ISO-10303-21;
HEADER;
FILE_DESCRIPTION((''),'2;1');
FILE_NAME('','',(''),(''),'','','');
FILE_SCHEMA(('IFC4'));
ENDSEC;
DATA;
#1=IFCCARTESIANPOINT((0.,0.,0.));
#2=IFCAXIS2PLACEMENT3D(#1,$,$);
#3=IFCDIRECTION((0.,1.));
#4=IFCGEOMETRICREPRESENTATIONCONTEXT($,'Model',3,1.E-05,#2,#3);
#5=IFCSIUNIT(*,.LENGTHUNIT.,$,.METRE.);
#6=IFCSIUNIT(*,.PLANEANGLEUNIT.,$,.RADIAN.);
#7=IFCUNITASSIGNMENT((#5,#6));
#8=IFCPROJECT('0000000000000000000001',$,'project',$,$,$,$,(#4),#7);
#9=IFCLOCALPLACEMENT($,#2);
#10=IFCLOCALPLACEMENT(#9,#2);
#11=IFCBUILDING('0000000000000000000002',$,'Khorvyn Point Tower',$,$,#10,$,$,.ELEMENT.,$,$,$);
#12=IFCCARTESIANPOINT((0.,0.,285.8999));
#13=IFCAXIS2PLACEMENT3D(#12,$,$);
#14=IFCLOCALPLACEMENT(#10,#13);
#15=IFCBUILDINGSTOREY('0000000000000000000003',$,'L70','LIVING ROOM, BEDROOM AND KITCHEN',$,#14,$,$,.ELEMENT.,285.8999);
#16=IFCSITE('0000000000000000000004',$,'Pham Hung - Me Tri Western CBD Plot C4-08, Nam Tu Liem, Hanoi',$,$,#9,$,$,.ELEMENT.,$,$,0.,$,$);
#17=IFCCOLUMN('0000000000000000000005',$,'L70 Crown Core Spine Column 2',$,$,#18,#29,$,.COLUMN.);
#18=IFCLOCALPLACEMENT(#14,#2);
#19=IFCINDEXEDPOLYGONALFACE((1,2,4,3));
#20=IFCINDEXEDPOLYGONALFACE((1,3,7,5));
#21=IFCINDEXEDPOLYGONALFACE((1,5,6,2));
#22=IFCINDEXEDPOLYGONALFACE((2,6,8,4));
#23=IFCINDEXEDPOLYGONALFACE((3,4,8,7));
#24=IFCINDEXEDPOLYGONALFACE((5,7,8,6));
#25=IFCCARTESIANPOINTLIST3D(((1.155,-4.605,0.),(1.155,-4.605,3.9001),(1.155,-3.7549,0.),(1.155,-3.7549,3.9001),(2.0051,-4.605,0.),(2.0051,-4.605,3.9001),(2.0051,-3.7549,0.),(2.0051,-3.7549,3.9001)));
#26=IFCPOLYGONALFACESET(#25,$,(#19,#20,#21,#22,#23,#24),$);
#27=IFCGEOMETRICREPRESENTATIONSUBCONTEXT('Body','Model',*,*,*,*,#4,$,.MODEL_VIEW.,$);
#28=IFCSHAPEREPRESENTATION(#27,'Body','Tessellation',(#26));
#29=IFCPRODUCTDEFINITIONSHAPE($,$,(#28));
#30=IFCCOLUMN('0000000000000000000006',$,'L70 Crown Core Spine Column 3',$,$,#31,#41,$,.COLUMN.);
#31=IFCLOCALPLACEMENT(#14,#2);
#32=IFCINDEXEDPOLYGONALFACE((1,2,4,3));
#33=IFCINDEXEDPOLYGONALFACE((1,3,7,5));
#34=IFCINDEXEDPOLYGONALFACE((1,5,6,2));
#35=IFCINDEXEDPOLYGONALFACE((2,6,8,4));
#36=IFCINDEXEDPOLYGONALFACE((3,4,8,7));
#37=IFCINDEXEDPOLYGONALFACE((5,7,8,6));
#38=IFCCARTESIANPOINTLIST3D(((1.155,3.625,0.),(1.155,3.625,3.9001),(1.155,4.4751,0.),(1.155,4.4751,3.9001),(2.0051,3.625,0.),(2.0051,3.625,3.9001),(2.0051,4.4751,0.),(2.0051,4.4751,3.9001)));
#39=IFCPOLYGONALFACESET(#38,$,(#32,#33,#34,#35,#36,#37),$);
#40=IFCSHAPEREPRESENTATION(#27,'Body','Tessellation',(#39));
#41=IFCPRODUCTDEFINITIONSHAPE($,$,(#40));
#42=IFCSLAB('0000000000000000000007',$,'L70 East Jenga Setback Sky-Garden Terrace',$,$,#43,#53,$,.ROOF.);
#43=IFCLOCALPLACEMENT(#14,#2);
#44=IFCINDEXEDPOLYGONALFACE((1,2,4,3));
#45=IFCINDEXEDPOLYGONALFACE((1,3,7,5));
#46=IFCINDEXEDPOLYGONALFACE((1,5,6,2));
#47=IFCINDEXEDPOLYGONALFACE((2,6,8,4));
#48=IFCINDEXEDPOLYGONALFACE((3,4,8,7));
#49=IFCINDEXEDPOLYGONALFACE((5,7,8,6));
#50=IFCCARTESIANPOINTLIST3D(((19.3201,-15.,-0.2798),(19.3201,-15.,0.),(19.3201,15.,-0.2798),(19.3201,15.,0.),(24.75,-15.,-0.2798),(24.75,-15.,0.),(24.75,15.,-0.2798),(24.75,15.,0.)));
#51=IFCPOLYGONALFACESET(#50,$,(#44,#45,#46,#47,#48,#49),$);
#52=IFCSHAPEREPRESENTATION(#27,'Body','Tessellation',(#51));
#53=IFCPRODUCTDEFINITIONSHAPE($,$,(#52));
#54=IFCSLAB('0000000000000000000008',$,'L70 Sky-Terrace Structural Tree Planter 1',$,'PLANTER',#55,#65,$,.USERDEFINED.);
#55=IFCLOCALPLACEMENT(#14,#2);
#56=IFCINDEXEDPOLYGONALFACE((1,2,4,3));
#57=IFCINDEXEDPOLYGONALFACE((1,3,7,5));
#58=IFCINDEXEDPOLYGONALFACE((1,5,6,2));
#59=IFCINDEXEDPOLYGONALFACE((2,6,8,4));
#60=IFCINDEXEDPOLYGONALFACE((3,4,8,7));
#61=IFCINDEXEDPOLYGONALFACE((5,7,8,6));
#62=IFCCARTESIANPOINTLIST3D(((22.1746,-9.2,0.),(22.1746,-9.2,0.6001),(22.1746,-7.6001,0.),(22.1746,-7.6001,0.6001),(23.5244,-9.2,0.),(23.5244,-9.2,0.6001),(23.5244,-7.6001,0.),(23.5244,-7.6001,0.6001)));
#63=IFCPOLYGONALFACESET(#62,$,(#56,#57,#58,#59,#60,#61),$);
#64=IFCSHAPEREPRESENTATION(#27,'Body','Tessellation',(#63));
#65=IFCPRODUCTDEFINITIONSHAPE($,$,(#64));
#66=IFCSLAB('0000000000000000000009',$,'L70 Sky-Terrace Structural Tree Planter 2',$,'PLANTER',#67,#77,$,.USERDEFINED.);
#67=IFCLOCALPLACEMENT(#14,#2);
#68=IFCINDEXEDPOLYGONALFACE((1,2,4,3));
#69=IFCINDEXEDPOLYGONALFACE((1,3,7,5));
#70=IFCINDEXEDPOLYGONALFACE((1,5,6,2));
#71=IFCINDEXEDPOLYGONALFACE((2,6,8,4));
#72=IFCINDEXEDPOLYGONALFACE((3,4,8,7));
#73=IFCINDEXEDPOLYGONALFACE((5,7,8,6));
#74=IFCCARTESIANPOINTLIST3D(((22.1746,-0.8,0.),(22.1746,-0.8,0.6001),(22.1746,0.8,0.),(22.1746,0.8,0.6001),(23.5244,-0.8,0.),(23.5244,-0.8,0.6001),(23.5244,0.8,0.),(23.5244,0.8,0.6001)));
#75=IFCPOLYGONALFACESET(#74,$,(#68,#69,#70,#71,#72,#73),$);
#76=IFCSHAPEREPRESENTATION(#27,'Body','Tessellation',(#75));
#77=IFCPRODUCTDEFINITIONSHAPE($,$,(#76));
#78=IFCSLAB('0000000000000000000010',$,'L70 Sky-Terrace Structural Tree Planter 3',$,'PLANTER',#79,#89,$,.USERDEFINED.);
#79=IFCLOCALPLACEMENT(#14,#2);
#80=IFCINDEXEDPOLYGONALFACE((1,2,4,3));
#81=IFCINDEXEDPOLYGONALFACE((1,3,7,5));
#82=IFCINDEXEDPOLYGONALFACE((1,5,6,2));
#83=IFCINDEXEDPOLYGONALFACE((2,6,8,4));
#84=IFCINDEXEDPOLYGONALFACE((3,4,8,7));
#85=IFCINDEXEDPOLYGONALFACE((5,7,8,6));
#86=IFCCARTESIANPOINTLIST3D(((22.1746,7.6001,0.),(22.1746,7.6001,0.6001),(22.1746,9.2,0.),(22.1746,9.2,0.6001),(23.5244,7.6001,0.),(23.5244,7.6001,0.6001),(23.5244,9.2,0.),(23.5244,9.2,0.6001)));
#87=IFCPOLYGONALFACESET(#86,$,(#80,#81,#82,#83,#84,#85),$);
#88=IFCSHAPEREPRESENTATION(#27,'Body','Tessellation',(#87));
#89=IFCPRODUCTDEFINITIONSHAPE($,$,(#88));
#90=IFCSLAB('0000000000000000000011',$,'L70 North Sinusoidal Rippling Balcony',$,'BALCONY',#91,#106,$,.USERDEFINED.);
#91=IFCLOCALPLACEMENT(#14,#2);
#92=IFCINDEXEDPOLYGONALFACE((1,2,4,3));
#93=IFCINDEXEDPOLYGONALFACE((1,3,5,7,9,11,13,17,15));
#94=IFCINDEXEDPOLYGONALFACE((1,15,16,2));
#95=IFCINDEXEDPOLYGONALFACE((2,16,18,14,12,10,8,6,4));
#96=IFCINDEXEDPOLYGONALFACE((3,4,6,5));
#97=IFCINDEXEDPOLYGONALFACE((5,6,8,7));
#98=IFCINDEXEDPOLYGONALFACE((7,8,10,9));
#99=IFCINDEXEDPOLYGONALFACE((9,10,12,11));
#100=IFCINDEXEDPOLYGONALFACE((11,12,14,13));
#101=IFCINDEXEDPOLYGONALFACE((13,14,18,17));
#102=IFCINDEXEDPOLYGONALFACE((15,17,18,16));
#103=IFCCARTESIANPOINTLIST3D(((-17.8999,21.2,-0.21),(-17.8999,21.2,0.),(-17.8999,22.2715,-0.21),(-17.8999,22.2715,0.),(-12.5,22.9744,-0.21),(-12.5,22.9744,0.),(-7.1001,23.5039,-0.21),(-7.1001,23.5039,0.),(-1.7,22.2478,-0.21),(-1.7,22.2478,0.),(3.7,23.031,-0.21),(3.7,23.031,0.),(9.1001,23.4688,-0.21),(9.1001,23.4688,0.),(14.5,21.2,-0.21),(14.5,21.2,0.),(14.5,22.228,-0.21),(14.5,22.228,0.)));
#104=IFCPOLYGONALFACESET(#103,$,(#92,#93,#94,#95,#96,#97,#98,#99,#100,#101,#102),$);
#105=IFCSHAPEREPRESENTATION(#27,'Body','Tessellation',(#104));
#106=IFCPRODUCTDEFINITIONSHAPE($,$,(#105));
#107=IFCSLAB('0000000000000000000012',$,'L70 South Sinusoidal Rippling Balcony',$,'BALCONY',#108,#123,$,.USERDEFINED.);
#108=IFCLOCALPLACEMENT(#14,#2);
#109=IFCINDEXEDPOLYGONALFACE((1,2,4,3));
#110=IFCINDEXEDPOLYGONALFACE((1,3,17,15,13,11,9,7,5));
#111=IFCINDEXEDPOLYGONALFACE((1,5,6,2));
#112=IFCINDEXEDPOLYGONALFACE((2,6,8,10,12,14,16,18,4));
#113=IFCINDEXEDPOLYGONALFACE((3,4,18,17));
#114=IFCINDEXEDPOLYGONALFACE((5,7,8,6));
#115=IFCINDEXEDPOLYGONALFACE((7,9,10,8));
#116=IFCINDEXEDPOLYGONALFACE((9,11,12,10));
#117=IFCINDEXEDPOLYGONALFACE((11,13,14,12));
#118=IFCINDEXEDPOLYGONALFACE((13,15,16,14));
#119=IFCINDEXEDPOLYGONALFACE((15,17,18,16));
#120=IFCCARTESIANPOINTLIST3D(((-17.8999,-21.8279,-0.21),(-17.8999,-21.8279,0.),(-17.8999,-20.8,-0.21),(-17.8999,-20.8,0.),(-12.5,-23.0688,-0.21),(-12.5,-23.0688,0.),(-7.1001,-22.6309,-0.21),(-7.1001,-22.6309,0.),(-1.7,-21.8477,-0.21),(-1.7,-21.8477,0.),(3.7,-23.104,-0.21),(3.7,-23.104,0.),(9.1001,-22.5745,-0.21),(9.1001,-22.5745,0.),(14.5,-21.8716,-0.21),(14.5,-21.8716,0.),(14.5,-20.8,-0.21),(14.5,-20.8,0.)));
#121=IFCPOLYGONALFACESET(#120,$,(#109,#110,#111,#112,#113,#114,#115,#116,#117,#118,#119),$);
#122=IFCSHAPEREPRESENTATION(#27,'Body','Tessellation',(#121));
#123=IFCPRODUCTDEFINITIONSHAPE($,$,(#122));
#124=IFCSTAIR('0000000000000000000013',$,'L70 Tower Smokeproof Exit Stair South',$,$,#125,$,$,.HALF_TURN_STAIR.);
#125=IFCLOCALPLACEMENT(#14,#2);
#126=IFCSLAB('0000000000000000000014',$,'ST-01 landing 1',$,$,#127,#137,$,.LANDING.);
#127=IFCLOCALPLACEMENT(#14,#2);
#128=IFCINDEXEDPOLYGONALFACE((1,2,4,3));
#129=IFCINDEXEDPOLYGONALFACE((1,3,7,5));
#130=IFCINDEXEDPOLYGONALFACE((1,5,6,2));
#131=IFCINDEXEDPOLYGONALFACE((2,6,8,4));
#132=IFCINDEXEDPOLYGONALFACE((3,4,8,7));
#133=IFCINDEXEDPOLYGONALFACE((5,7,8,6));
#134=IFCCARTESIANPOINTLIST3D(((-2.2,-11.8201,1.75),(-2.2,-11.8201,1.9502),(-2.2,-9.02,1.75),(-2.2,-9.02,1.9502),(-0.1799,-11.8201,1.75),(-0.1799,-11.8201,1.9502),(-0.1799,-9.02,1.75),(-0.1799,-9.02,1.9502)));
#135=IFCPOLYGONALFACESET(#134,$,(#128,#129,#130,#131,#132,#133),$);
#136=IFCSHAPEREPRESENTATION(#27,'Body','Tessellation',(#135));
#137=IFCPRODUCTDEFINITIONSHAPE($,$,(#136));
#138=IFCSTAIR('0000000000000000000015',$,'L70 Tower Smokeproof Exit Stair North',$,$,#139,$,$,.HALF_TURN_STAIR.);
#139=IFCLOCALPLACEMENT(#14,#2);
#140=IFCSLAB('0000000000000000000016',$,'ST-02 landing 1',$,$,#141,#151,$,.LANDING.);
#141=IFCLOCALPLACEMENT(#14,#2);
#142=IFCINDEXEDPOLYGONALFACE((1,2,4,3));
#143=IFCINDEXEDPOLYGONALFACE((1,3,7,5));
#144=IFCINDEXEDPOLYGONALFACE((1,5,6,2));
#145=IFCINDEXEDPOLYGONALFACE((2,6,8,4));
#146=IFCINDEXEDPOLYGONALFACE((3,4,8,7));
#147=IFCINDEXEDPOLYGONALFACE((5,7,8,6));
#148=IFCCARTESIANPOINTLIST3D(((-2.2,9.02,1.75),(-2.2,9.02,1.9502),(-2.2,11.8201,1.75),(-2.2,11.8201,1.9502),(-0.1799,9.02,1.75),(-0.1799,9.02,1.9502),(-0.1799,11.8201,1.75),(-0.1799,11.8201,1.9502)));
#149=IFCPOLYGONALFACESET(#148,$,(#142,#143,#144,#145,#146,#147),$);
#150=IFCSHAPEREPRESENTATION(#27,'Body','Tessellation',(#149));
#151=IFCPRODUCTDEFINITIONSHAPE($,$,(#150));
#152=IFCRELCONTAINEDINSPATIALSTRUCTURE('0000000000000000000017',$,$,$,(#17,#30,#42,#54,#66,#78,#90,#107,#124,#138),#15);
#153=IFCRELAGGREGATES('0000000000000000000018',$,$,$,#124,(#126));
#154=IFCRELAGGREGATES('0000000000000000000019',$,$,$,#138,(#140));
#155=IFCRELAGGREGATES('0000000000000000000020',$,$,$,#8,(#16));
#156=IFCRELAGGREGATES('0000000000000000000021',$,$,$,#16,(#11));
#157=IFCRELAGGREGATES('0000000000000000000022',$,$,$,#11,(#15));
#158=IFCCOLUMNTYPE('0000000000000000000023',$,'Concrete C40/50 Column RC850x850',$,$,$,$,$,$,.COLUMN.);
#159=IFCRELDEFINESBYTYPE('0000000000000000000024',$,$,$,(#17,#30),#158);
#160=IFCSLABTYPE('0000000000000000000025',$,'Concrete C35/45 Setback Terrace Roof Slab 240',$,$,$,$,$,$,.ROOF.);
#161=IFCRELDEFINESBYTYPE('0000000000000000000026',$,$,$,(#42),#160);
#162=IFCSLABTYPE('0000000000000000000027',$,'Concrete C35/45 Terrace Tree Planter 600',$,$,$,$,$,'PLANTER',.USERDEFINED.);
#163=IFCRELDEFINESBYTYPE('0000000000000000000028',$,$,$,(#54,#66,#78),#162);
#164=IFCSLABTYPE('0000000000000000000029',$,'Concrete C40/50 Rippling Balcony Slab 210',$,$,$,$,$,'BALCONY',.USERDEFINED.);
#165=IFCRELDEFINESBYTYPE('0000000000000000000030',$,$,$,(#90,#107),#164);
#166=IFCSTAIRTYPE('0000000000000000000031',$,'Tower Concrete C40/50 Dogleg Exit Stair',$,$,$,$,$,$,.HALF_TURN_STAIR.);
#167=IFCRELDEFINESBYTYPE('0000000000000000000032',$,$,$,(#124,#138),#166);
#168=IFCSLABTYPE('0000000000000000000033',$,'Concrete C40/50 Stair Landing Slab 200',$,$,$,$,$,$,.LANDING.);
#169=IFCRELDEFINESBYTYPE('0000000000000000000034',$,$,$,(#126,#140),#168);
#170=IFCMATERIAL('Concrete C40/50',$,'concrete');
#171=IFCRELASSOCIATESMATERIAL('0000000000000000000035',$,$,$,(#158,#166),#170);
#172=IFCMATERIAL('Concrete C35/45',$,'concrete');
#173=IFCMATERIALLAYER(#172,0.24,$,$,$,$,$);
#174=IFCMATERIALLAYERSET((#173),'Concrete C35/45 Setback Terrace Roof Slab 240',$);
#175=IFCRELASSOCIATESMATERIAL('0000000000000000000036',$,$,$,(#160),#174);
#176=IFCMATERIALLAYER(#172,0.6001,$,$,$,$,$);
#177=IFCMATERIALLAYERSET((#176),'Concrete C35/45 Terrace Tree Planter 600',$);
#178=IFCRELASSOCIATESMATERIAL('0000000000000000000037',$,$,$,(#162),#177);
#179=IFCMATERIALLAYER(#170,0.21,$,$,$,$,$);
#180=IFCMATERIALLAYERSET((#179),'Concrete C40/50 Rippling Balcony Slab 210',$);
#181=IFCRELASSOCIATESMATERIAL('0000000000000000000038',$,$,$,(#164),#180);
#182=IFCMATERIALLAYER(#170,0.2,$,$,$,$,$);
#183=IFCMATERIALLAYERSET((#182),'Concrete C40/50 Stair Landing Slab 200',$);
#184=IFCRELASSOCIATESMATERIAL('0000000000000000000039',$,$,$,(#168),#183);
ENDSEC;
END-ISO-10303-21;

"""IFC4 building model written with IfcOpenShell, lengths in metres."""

from ifc_helpers import new_model, si_unit, direction, frame, origin, origin_2d, place, context, subcontext, project, spatial, polyline, rectangle, outline, extrude, material, layer, layer_set, material_profile, profile_set, type_object, element, aggregate, save


model = new_model("IFC4")

# Units and contexts
model_context = context("Model", 3, precision=1e-05, world=origin(), true_north=direction((0.0, 1.0)))
body_context = subcontext(model_context, "Body", "Model", "MODEL_VIEW")
ifc_project = project(units=[si_unit("LENGTHUNIT", "METRE"), si_unit("PLANEANGLEUNIT", "RADIAN")], contexts=[model_context])

# Site, building, storey
site_placement = place(None, origin())
site = spatial("IfcSite", under=ifc_project, at=site_placement, Name="Pham Hung - Me Tri Western CBD Plot C4-08, Nam Tu Liem, Hanoi", CompositionType="ELEMENT", RefElevation=0.0)
building_placement = place(site_placement, origin())
building = spatial("IfcBuilding", under=site, at=building_placement, Name="Khorvyn Point Tower", CompositionType="ELEMENT")
storey_placement = place(building_placement, frame((0.0, 0.0, 285.8999)))
storey = spatial("IfcBuildingStorey", under=building, at=storey_placement, Name="L70", Description="LIVING ROOM, BEDROOM AND KITCHEN", CompositionType="ELEMENT", Elevation=285.8999)

# Columns
ifc_material_1 = material(Name="Concrete C40/50", Category="concrete")
ifc_material_profile = material_profile(ifc_material_1, rectangle(XDim=0.8501, YDim=0.8501, at=origin_2d()))
ifc_profile_set = profile_set([ifc_material_profile], Name="Concrete C40/50 RC850x850")
column_type = type_object("IfcColumnType", Name="Concrete C40/50 Column RC850x850", PredefinedType="COLUMN", material=ifc_profile_set)
for number, where, z_axis, x_axis, name in (
    (1, (1.5801, -4.1799, 0.0), (0.0, 0.0, 1.0), (1.0, 0.0, 0.0), "L70 Crown Core Spine Column 2"),
    (2, (1.5801, 4.05, 0.0), (0.0, 0.0, 1.0), (1.0, 0.0, 0.0), "L70 Crown Core Spine Column 3"),
):
    element("IfcColumn", number, at=place(storey_placement, frame(where, z_axis=z_axis, x_axis=x_axis)), inside=storey, type_object=column_type, Name=name, PredefinedType="COLUMN", context=body_context, shape_type="SweptSolid", body=[
        extrude(rectangle(XDim=0.8501, YDim=0.8501, at=origin_2d()), origin(), (0.0, 0.0, 1.0), 3.9001),
    ])

# Slabs
ifc_material_2 = material(Name="Concrete C35/45", Category="concrete")
ifc_layer_1 = layer(ifc_material_2, 0.24)
ifc_layer_set_1 = layer_set([ifc_layer_1], Name="Concrete C35/45 Setback Terrace Roof Slab 240")
slab_type_1 = type_object("IfcSlabType", Name="Concrete C35/45 Setback Terrace Roof Slab 240", PredefinedType="ROOF", material=ifc_layer_set_1)
slab_1_placement = place(storey_placement, frame((0.0, 0.0, -0.2798)))
element("IfcSlab", 3, at=slab_1_placement, inside=storey, type_object=slab_type_1, Name="L70 East Jenga Setback Sky-Garden Terrace", PredefinedType="ROOF", context=body_context, shape_type="SweptSolid", body=[
    extrude(outline(polyline([(19.3201, -15.0), (24.75, -15.0), (24.75, 15.0), (19.3201, 15.0), (19.3201, -15.0)])), origin(), (0.0, 0.0, 1.0), 0.2798),
])
ifc_layer_2 = layer(ifc_material_2, 0.6001)
ifc_layer_set_2 = layer_set([ifc_layer_2], Name="Concrete C35/45 Terrace Tree Planter 600")
slab_type_2 = type_object("IfcSlabType", Name="Concrete C35/45 Terrace Tree Planter 600", ElementType="PLANTER", PredefinedType="USERDEFINED", material=ifc_layer_set_2)
slab_2_placement = place(storey_placement, origin())
element("IfcSlab", 4, at=slab_2_placement, inside=storey, type_object=slab_type_2, Name="L70 Sky-Terrace Structural Tree Planter 1", ObjectType="PLANTER", PredefinedType="USERDEFINED", context=body_context, shape_type="SweptSolid", body=[
    extrude(outline(polyline([(22.1746, -9.2), (23.5244, -9.2), (23.5244, -7.6001), (22.1746, -7.6001), (22.1746, -9.2)])), origin(), (0.0, 0.0, 1.0), 0.6001),
])
slab_3_placement = place(storey_placement, origin())
element("IfcSlab", 5, at=slab_3_placement, inside=storey, type_object=slab_type_2, Name="L70 Sky-Terrace Structural Tree Planter 2", ObjectType="PLANTER", PredefinedType="USERDEFINED", context=body_context, shape_type="SweptSolid", body=[
    extrude(outline(polyline([(22.1746, -0.8), (23.5244, -0.8), (23.5244, 0.8), (22.1746, 0.8), (22.1746, -0.8)])), origin(), (0.0, 0.0, 1.0), 0.6001),
])
slab_4_placement = place(storey_placement, origin())
element("IfcSlab", 6, at=slab_4_placement, inside=storey, type_object=slab_type_2, Name="L70 Sky-Terrace Structural Tree Planter 3", ObjectType="PLANTER", PredefinedType="USERDEFINED", context=body_context, shape_type="SweptSolid", body=[
    extrude(outline(polyline([(22.1746, 7.6001), (23.5244, 7.6001), (23.5244, 9.2), (22.1746, 9.2), (22.1746, 7.6001)])), origin(), (0.0, 0.0, 1.0), 0.6001),
])
ifc_layer_3 = layer(ifc_material_1, 0.21)
ifc_layer_set_3 = layer_set([ifc_layer_3], Name="Concrete C40/50 Rippling Balcony Slab 210")
slab_type_3 = type_object("IfcSlabType", Name="Concrete C40/50 Rippling Balcony Slab 210", ElementType="BALCONY", PredefinedType="USERDEFINED", material=ifc_layer_set_3)
slab_5_placement = place(storey_placement, frame((0.0, 0.0, -0.21)))
element("IfcSlab", 7, at=slab_5_placement, inside=storey, type_object=slab_type_3, Name="L70 North Sinusoidal Rippling Balcony", ObjectType="BALCONY", PredefinedType="USERDEFINED", context=body_context, shape_type="SweptSolid", body=[
    extrude(outline(polyline([(14.5, 21.2), (14.5, 22.228), (9.1001, 23.4688), (3.7, 23.031), (-1.7, 22.2478), (-7.1001, 23.5039), (-12.5, 22.9744), (-17.8999, 22.2715), (-17.8999, 21.2), (14.5, 21.2)])), origin(), (0.0, 0.0, 1.0), 0.21),
])
slab_6_placement = place(storey_placement, frame((0.0, 0.0, -0.21)))
element("IfcSlab", 8, at=slab_6_placement, inside=storey, type_object=slab_type_3, Name="L70 South Sinusoidal Rippling Balcony", ObjectType="BALCONY", PredefinedType="USERDEFINED", context=body_context, shape_type="SweptSolid", body=[
    extrude(outline(polyline([(-17.8999, -20.8), (-17.8999, -21.8279), (-12.5, -23.0688), (-7.1001, -22.6309), (-1.7, -21.8477), (3.7, -23.104), (9.1001, -22.5745), (14.5, -21.8716), (14.5, -20.8), (-17.8999, -20.8)])), origin(), (0.0, 0.0, 1.0), 0.21),
])

# Stairs, slabs
stair_type = type_object("IfcStairType", Name="Tower Concrete C40/50 Dogleg Exit Stair", PredefinedType="HALF_TURN_STAIR", material=ifc_material_1)
stair_1_placement = place(storey_placement, origin())
stair_1 = element("IfcStair", 9, at=stair_1_placement, inside=storey, type_object=stair_type, Name="L70 Tower Smokeproof Exit Stair South", PredefinedType="HALF_TURN_STAIR")
ifc_layer_4 = layer(ifc_material_1, 0.2)
ifc_layer_set_4 = layer_set([ifc_layer_4], Name="Concrete C40/50 Stair Landing Slab 200")
slab_type_4 = type_object("IfcSlabType", Name="Concrete C40/50 Stair Landing Slab 200", PredefinedType="LANDING", material=ifc_layer_set_4)
slab_7_placement = place(storey_placement, frame((0.0, 0.0, 1.75)))
slab_7 = element("IfcSlab", 10, at=slab_7_placement, type_object=slab_type_4, Name="ST-01 landing 1", PredefinedType="LANDING", context=body_context, shape_type="SweptSolid", body=[
    extrude(outline(polyline([(-0.1799, -9.02), (-2.2, -9.02), (-2.2, -11.8201), (-0.1799, -11.8201), (-0.1799, -9.02)])), origin(), (0.0, 0.0, 1.0), 0.2002),
])
aggregate(stair_1, [slab_7])
stair_2_placement = place(storey_placement, origin())
stair_2 = element("IfcStair", 11, at=stair_2_placement, inside=storey, type_object=stair_type, Name="L70 Tower Smokeproof Exit Stair North", PredefinedType="HALF_TURN_STAIR")
slab_8_placement = place(storey_placement, frame((0.0, 0.0, 1.75)))
slab_8 = element("IfcSlab", 12, at=slab_8_placement, type_object=slab_type_4, Name="ST-02 landing 1", PredefinedType="LANDING", context=body_context, shape_type="SweptSolid", body=[
    extrude(outline(polyline([(-0.1799, 11.8201), (-2.2, 11.8201), (-2.2, 9.02), (-0.1799, 9.02), (-0.1799, 11.8201)])), origin(), (0.0, 0.0, 1.0), 0.2002),
])

aggregate(stair_2, [slab_8])

save(model, "model.ifc")
